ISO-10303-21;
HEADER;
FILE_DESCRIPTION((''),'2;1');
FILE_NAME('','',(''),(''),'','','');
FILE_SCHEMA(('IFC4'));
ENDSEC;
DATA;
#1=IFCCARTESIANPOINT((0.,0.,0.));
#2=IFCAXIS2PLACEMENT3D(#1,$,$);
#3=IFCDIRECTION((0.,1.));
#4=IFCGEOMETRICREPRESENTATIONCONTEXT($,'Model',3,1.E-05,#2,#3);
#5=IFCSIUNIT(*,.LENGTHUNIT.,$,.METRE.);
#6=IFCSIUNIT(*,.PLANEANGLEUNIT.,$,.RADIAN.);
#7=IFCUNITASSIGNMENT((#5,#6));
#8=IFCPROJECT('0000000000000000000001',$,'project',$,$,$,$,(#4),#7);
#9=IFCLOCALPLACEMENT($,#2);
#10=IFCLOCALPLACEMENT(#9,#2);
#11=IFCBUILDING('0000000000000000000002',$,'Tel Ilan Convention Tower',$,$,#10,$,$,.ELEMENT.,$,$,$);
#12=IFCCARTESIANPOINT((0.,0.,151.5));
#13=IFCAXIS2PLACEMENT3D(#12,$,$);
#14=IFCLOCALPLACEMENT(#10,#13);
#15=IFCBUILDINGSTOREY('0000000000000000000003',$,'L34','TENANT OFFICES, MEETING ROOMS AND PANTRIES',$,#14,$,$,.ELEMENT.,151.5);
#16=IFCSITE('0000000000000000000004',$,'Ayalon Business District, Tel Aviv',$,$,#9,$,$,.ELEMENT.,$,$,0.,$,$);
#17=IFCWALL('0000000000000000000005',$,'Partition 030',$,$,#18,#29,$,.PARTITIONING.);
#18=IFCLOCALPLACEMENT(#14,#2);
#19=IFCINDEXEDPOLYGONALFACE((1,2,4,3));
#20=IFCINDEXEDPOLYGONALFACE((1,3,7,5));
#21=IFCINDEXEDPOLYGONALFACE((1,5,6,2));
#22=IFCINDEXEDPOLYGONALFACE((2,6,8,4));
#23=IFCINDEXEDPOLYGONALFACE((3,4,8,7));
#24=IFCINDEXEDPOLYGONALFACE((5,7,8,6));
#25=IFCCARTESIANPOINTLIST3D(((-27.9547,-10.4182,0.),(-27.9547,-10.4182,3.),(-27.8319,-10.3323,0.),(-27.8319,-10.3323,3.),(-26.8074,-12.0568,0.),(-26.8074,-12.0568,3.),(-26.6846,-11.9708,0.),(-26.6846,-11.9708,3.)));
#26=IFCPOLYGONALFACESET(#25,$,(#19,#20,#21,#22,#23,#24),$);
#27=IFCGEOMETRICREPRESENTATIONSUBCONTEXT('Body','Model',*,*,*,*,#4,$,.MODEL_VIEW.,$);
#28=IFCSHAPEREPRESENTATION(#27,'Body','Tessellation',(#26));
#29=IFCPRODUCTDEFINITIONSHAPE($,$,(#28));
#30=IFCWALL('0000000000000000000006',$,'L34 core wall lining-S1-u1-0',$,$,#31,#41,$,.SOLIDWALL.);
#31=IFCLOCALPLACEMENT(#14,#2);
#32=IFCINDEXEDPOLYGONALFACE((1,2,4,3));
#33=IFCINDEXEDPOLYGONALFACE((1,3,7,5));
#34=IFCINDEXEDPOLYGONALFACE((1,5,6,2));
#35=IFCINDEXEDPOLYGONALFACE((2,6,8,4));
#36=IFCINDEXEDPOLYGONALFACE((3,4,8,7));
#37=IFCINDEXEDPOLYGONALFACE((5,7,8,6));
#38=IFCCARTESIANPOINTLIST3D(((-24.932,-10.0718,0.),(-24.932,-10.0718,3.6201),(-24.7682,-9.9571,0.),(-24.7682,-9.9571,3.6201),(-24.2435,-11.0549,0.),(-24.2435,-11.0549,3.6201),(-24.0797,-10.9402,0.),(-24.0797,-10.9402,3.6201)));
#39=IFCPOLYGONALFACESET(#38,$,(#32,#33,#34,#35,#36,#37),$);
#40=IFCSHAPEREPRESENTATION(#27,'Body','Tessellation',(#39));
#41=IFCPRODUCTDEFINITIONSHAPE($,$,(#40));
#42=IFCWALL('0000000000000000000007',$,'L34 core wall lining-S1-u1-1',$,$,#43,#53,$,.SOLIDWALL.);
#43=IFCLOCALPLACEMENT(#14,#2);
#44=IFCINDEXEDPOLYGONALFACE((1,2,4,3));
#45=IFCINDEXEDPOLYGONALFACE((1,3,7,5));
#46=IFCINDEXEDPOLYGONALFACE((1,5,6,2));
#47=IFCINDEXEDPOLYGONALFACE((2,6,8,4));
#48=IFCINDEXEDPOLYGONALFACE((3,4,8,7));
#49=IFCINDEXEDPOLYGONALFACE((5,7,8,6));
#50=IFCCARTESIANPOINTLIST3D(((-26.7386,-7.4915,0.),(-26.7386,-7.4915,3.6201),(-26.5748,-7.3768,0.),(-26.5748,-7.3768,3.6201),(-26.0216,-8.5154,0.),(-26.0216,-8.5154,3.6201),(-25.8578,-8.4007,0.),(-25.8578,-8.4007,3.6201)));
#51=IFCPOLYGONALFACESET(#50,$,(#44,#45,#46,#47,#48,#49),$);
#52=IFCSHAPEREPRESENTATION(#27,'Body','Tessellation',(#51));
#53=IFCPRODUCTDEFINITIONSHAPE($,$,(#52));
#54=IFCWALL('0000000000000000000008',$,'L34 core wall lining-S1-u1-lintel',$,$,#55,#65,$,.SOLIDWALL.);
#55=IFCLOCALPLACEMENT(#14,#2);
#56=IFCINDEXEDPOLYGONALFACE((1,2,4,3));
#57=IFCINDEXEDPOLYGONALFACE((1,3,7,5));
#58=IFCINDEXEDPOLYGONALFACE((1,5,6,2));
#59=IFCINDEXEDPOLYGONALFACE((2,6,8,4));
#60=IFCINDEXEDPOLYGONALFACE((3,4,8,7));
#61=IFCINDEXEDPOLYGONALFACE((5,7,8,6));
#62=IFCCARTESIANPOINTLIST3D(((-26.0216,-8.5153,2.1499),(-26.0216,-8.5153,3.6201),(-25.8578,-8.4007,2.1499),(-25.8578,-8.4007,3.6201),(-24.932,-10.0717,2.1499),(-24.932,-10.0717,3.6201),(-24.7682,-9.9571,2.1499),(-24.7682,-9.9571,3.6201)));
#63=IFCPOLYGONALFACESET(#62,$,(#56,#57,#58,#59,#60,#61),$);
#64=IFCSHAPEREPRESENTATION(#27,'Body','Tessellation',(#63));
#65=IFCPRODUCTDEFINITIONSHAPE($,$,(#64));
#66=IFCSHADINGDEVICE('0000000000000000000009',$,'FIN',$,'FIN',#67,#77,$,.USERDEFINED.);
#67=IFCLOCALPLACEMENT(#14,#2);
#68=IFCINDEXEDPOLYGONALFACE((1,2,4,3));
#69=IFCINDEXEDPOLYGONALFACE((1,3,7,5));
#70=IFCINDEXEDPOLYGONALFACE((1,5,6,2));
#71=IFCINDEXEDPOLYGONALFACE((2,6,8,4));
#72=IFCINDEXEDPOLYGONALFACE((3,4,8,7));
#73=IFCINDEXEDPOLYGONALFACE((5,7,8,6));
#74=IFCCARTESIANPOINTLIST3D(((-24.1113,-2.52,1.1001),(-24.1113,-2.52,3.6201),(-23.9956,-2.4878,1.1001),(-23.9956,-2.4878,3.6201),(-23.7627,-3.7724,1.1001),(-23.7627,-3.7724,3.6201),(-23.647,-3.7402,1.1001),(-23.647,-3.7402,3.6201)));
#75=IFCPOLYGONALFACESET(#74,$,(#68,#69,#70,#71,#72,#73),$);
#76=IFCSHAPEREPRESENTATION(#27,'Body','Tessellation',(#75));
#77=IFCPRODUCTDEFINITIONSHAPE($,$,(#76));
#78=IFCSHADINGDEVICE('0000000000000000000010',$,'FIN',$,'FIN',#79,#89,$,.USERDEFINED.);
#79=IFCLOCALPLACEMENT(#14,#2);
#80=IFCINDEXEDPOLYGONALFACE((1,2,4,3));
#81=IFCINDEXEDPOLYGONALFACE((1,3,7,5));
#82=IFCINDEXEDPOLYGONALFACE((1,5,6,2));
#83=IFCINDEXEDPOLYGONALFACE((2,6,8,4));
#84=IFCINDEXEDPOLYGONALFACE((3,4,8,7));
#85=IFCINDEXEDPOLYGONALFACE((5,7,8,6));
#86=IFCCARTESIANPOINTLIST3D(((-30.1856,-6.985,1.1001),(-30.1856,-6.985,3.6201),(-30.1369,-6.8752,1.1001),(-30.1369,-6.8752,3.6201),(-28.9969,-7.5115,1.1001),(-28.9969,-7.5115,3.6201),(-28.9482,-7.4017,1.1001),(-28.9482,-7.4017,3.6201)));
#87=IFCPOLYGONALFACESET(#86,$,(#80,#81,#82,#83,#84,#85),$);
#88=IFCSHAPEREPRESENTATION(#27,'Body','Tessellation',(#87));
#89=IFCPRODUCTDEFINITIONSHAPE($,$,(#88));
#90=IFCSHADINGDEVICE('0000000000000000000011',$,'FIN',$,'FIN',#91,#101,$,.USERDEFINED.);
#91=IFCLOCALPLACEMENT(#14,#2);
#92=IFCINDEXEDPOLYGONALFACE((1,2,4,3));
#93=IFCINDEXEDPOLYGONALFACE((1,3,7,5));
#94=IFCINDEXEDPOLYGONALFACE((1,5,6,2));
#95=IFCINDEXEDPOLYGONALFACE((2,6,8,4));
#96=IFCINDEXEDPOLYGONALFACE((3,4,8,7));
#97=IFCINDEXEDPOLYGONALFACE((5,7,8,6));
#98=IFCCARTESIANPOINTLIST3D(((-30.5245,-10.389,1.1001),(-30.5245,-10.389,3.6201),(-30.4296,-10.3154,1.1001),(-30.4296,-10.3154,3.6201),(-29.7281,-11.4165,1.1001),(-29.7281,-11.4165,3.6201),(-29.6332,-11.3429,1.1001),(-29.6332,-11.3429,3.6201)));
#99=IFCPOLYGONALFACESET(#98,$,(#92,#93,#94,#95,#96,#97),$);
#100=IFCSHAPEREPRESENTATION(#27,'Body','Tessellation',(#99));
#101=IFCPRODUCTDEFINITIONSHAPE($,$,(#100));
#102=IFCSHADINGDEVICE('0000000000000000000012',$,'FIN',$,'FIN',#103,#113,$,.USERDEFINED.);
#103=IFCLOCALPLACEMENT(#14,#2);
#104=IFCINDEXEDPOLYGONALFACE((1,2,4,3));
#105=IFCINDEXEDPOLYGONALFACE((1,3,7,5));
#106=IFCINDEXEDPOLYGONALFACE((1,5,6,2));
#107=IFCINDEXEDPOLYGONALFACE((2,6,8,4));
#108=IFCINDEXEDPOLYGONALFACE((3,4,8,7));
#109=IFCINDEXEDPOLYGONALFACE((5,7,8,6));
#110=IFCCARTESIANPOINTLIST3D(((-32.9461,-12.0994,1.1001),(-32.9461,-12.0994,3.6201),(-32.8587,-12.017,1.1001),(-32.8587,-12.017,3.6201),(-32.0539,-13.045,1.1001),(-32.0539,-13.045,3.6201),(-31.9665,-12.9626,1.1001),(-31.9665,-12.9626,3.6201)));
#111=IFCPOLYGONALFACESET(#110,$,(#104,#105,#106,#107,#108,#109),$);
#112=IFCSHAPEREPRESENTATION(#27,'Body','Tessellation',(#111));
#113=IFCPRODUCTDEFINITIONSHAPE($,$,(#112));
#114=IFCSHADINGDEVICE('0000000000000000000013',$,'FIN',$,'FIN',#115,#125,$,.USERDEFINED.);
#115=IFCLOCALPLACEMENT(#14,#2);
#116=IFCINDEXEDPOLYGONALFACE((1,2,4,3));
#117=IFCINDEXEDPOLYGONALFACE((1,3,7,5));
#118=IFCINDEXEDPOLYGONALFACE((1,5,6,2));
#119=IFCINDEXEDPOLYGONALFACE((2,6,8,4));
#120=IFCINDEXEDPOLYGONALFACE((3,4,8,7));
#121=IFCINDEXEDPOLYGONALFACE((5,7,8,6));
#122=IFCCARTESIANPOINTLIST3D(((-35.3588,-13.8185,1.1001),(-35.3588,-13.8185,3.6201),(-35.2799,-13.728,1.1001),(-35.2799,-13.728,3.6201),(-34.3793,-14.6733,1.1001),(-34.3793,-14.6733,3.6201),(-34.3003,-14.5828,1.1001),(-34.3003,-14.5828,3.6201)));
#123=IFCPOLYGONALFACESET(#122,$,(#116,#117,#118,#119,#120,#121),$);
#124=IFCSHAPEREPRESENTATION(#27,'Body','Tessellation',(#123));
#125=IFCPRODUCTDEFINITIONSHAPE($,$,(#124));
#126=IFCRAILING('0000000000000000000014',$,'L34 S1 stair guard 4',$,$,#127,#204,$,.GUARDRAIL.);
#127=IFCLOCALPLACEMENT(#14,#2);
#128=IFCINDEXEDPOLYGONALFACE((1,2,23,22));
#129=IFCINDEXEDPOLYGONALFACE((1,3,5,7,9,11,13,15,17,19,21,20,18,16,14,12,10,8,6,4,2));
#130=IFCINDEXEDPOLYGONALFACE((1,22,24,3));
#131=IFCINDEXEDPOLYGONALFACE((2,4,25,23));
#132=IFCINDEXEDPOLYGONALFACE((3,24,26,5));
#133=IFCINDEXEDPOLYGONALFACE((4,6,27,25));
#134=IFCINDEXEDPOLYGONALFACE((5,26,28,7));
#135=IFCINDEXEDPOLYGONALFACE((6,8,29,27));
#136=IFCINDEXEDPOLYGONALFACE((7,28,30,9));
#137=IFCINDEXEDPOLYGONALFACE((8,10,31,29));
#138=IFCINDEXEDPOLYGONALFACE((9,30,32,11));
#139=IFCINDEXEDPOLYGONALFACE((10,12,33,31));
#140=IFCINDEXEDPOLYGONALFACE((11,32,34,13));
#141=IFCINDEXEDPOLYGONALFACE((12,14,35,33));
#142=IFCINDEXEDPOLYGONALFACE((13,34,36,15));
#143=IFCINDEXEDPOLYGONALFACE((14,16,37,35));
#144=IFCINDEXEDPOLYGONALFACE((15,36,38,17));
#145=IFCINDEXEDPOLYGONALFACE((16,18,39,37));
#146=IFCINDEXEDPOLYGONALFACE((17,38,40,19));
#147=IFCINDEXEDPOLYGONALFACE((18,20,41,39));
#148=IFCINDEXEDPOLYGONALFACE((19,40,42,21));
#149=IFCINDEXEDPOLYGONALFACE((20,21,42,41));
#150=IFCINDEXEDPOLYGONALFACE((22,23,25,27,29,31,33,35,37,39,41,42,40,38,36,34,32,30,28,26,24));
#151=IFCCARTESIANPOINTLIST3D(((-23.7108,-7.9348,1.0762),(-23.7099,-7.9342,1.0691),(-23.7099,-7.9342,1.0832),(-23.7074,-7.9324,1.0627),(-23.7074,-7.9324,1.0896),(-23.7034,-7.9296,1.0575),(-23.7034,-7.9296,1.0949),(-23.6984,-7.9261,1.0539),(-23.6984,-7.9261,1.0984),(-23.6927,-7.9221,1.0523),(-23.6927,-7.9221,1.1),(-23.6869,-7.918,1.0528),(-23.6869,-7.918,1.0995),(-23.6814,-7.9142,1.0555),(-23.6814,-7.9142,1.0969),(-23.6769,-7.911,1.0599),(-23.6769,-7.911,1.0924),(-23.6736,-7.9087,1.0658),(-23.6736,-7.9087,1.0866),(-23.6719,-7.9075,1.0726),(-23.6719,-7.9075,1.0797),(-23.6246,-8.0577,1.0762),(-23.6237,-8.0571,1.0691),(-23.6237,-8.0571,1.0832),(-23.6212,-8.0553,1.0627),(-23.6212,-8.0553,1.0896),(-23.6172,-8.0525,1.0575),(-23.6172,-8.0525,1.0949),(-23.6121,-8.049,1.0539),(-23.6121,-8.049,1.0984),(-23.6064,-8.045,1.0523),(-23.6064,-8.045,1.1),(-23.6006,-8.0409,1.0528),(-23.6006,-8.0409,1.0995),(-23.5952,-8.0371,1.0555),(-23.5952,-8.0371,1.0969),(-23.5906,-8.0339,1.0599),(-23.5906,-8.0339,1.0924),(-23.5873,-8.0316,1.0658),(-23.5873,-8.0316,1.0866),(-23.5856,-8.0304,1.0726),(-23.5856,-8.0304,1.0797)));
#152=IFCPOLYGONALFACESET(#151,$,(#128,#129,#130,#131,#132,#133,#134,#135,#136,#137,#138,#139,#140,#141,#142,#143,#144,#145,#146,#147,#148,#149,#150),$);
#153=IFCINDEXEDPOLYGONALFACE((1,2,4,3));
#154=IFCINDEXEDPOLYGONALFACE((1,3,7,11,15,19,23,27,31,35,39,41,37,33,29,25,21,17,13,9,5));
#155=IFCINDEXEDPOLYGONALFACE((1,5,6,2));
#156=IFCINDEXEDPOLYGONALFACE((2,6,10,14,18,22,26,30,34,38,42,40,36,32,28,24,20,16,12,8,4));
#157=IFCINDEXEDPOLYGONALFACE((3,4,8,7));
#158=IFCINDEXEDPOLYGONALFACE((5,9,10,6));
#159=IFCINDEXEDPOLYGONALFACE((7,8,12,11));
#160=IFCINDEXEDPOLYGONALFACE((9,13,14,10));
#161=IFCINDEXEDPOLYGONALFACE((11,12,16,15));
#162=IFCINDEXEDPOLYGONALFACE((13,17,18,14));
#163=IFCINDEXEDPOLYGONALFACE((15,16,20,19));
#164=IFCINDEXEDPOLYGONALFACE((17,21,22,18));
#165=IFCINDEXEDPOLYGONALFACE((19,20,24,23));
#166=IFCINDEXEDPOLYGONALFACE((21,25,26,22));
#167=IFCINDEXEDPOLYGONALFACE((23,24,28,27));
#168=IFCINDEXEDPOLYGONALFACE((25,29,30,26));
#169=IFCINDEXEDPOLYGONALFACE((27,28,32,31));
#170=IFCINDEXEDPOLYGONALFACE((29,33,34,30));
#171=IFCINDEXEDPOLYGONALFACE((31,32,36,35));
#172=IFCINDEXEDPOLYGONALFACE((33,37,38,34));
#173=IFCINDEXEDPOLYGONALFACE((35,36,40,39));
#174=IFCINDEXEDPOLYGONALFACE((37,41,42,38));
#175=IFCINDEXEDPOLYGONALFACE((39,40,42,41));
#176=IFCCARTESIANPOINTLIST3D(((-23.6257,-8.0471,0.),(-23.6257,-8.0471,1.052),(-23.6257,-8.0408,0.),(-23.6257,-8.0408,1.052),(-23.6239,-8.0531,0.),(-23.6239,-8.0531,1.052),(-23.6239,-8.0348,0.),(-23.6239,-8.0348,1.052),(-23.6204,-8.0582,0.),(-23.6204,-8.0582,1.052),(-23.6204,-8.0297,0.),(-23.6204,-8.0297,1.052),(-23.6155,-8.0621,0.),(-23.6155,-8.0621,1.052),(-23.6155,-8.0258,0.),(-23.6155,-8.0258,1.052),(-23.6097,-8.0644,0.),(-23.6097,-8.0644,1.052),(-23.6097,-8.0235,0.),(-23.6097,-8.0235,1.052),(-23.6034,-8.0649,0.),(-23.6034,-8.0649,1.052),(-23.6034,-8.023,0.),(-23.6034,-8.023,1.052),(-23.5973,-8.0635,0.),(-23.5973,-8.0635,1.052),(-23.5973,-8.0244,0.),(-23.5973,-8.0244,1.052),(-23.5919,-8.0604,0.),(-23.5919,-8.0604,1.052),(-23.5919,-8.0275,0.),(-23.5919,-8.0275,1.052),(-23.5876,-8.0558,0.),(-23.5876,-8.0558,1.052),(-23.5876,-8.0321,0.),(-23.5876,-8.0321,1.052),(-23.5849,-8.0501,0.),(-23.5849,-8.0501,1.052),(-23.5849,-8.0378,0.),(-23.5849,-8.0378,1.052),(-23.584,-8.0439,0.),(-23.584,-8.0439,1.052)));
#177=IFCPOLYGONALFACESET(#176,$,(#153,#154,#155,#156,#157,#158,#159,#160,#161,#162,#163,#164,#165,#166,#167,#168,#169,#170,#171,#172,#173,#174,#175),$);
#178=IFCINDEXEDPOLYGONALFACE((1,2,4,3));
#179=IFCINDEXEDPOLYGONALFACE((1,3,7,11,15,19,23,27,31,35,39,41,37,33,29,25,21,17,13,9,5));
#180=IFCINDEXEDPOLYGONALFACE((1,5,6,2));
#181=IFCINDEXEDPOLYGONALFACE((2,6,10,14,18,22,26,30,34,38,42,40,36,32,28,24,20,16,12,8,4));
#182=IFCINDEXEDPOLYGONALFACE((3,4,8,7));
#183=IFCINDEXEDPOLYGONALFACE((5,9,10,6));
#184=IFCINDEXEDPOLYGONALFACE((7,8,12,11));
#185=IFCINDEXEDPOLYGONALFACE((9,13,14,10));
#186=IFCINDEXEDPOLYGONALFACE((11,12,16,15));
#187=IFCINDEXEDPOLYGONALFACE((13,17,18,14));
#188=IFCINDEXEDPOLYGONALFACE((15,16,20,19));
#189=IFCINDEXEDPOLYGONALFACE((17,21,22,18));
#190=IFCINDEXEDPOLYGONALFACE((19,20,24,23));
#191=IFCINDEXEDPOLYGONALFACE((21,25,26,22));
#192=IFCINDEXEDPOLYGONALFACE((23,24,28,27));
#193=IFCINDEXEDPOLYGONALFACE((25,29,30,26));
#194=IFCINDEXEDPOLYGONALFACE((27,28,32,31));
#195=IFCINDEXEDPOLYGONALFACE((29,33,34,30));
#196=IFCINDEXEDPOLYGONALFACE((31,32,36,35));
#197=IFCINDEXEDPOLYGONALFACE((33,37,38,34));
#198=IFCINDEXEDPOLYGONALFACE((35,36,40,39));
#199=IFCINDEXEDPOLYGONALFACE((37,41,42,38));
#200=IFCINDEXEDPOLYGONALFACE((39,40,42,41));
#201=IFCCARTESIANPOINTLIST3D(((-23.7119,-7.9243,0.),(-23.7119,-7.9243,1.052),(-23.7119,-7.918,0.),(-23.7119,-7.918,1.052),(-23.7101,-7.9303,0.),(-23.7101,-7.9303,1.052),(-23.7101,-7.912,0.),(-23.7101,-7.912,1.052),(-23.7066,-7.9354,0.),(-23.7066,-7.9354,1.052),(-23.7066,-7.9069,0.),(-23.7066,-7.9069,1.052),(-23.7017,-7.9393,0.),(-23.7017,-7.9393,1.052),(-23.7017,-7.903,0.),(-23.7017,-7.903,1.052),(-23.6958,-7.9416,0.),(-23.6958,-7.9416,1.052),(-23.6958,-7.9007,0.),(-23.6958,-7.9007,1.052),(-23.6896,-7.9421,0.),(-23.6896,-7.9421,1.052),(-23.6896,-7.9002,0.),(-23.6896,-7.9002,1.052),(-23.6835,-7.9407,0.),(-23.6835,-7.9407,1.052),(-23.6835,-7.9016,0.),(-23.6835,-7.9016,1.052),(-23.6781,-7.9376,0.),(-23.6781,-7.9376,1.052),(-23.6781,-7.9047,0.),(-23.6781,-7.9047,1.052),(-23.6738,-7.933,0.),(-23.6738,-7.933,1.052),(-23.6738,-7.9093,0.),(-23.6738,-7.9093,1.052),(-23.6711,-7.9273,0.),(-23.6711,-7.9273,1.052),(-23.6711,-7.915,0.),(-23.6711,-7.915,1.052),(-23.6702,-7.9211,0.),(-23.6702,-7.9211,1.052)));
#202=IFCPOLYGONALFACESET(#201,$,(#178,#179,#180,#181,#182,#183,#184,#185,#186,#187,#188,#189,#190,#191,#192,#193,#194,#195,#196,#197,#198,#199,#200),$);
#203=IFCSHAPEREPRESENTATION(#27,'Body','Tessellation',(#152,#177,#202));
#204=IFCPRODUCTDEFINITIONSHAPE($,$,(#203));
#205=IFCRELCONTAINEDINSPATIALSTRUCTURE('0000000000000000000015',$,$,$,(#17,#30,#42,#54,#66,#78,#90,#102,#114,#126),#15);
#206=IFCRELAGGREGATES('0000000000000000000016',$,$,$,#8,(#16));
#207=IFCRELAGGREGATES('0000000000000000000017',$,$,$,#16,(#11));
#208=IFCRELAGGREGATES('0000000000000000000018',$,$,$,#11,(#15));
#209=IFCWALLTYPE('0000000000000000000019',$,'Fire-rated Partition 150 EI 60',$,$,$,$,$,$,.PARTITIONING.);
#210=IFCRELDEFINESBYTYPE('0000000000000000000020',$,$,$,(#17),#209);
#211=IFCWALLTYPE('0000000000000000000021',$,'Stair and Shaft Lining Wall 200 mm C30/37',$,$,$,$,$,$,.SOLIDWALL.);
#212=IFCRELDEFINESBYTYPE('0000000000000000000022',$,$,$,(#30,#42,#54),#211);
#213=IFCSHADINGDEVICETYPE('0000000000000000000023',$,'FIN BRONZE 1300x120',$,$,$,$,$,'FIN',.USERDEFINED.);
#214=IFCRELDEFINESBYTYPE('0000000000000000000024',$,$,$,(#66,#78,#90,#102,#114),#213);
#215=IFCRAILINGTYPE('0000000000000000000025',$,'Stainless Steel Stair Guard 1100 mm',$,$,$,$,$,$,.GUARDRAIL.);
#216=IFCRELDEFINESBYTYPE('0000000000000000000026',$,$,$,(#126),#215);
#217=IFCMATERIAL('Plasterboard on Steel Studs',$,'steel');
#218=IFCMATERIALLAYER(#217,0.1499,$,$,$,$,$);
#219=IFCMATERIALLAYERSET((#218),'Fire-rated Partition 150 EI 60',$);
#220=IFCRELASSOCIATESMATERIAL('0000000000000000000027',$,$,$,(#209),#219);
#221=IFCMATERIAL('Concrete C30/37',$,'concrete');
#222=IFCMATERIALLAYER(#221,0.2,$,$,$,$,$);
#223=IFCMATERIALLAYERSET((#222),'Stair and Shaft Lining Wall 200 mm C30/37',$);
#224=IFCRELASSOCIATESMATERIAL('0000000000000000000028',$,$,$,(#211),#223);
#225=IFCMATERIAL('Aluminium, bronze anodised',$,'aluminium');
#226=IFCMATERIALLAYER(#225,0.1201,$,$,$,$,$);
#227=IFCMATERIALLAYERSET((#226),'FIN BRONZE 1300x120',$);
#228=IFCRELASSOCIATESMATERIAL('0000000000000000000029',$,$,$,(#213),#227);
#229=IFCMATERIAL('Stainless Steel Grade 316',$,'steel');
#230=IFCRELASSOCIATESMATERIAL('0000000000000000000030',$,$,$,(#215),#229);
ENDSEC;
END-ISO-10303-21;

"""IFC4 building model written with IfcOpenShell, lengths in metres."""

from ifc_helpers import new_model, si_unit, direction, frame, frame_2d, origin, origin_2d, place, context, subcontext, project, spatial, rectangle, circle, extrude, material, layer, layer_set, type_object, element, save


model = new_model("IFC4")

# Units and contexts
model_context = context("Model", 3, precision=1e-05, world=origin(), true_north=direction((0.0, 1.0)))
body_context = subcontext(model_context, "Body", "Model", "MODEL_VIEW")
ifc_project = project(units=[si_unit("LENGTHUNIT", "METRE"), si_unit("PLANEANGLEUNIT", "RADIAN")], contexts=[model_context])

# Site, building, storey
site_placement = place(None, origin())
site = spatial("IfcSite", under=ifc_project, at=site_placement, Name="Ayalon Business District, Tel Aviv", CompositionType="ELEMENT", RefElevation=0.0)
building_placement = place(site_placement, origin())
building = spatial("IfcBuilding", under=site, at=building_placement, Name="Tel Ilan Convention Tower", CompositionType="ELEMENT")
storey_placement = place(building_placement, frame((0.0, 0.0, 151.5)))
storey = spatial("IfcBuildingStorey", under=building, at=storey_placement, Name="L34", Description="TENANT OFFICES, MEETING ROOMS AND PANTRIES", CompositionType="ELEMENT", Elevation=151.5)

# Walls
ifc_material_1 = material(Name="Plasterboard on Steel Studs", Category="steel")
ifc_layer_1 = layer(ifc_material_1, 0.1499)
ifc_layer_set_1 = layer_set([ifc_layer_1], Name="Fire-rated Partition 150 EI 60")
wall_type_1 = type_object("IfcWallType", Name="Fire-rated Partition 150 EI 60", PredefinedType="PARTITIONING", material=ifc_layer_set_1)
wall_1_placement = place(storey_placement, frame((-26.7461, -12.0137, 0.0), z_axis=(0.0, 0.0, 1.0), x_axis=(-0.573569, 0.819157, 0.0)))
element("IfcWall", 1, at=wall_1_placement, inside=storey, type_object=wall_type_1, Name="Partition 030", PredefinedType="PARTITIONING", context=body_context, shape_type="SweptSolid", body=[
    extrude(rectangle(XDim=2.0002, YDim=0.1499, at=frame_2d((1.0, 0.0))), origin(), (0.0, 0.0, 1.0), 3.0),
])
ifc_material_2 = material(Name="Concrete C30/37", Category="concrete")
ifc_layer_2 = layer(ifc_material_2, 0.2)
ifc_layer_set_2 = layer_set([ifc_layer_2], Name="Stair and Shaft Lining Wall 200 mm C30/37")
wall_type_2 = type_object("IfcWallType", Name="Stair and Shaft Lining Wall 200 mm C30/37", PredefinedType="SOLIDWALL", material=ifc_layer_set_2)
wall_2_placement = place(storey_placement, frame((-24.1616, -10.9976, 0.0), z_axis=(0.0, 0.0, 1.0), x_axis=(-0.573613, 0.819127, 0.0)))
element("IfcWall", 2, at=wall_2_placement, inside=storey, type_object=wall_type_2, Name="L34 core wall lining-S1-u1-0", PredefinedType="SOLIDWALL", context=body_context, shape_type="SweptSolid", body=[
    extrude(rectangle(XDim=1.2002, YDim=0.2, at=frame_2d((0.6001, 0.0))), origin(), (0.0, 0.0, 1.0), 3.6201),
])
wall_3_placement = place(storey_placement, frame((-25.9397, -8.458, 0.0), z_axis=(0.0, 0.0, 1.0), x_axis=(-0.57362, 0.819122, 0.0)))
element("IfcWall", 3, at=wall_3_placement, inside=storey, type_object=wall_type_2, Name="L34 core wall lining-S1-u1-1", PredefinedType="SOLIDWALL", context=body_context, shape_type="SweptSolid", body=[
    extrude(rectangle(XDim=1.25, YDim=0.2, at=frame_2d((0.625, 0.0))), origin(), (0.0, 0.0, 1.0), 3.6201),
])
wall_4_placement = place(storey_placement, frame((-24.8501, -10.0144, 2.1499), z_axis=(0.0, 0.0, 1.0), x_axis=(-0.573505, 0.819202, 0.0)))
element("IfcWall", 4, at=wall_4_placement, inside=storey, type_object=wall_type_2, Name="L34 core wall lining-S1-u1-lintel", PredefinedType="SOLIDWALL", context=body_context, shape_type="SweptSolid", body=[
    extrude(rectangle(XDim=1.8999, YDim=0.2, at=frame_2d((0.95, 0.0))), origin(), (0.0, 0.0, 1.0), 1.4702),
])

# Shading devices
ifc_material_3 = material(Name="Aluminium, bronze anodised", Category="aluminium")
ifc_layer_3 = layer(ifc_material_3, 0.1201)
ifc_layer_set_3 = layer_set([ifc_layer_3], Name="FIN BRONZE 1300x120")
shading_device_type = type_object("IfcShadingDeviceType", Name="FIN BRONZE 1300x120", ElementType="FIN", PredefinedType="USERDEFINED", material=ifc_layer_set_3)
for number, where, z_axis, x_axis, name in (
    (5, (-23.8792, -3.1301, 1.1001), (0.0, 0.0, 1.0), (-0.268173, 0.963371, 0.0), "FIN"),
    (6, (-29.5669, -7.1934, 1.1001), (0.0, 0.0, 1.0), (-0.914333, 0.404964, 0.0), "FIN"),
    (7, (-30.0789, -10.866, 1.1001), (0.0, 0.0, 1.0), (-0.612601, 0.790393, 0.0), "FIN"),
    (8, (-32.4563, -12.531, 1.1001), (0.0, 0.0, 1.0), (-0.686242, 0.727374, 0.0), "FIN"),
    (9, (-34.8296, -14.2007, 1.1001), (0.0, 0.0, 1.0), (-0.753436, 0.657521, 0.0), "FIN"),
):
    element("IfcShadingDevice", number, at=place(storey_placement, frame(where, z_axis=z_axis, x_axis=x_axis)), inside=storey, type_object=shading_device_type, Name=name, ObjectType="FIN", PredefinedType="USERDEFINED", context=body_context, shape_type="SweptSolid", body=[
        extrude(rectangle(XDim=1.3, YDim=0.1201, at=origin_2d()), origin(), (0.0, 0.0, 1.0), 2.52),
    ])

# Railing
ifc_material_4 = material(Name="Stainless Steel Grade 316", Category="steel")
railing_type = type_object("IfcRailingType", Name="Stainless Steel Stair Guard 1100 mm", PredefinedType="GUARDRAIL", material=ifc_material_4)
railing_placement = place(storey_placement, frame((-23.605, -8.0439, 0.0)))
element("IfcRailing", 10, at=railing_placement, inside=storey, type_object=railing_type, Name="L34 S1 stair guard 4", PredefinedType="GUARDRAIL", context=body_context, shape_type="SweptSolid", body=[
    extrude(circle(Radius=0.0239, at=origin_2d()), frame((0.0, 0.0, 1.0762), z_axis=(-0.574445, 0.818543, 0.0), x_axis=(-0.818543, -0.574445, 0.0)), (0.0, 0.0, 1.0), 0.1501),
    extrude(circle(Radius=0.021, at=origin_2d()), origin(), (0.0, 0.0, 1.0), 1.052),
    extrude(circle(Radius=0.021, at=origin_2d()), frame((-0.0862, 0.1228, 0.0)), (0.0, 0.0, 1.0), 1.052),
])

save(model, "model.ifc")
